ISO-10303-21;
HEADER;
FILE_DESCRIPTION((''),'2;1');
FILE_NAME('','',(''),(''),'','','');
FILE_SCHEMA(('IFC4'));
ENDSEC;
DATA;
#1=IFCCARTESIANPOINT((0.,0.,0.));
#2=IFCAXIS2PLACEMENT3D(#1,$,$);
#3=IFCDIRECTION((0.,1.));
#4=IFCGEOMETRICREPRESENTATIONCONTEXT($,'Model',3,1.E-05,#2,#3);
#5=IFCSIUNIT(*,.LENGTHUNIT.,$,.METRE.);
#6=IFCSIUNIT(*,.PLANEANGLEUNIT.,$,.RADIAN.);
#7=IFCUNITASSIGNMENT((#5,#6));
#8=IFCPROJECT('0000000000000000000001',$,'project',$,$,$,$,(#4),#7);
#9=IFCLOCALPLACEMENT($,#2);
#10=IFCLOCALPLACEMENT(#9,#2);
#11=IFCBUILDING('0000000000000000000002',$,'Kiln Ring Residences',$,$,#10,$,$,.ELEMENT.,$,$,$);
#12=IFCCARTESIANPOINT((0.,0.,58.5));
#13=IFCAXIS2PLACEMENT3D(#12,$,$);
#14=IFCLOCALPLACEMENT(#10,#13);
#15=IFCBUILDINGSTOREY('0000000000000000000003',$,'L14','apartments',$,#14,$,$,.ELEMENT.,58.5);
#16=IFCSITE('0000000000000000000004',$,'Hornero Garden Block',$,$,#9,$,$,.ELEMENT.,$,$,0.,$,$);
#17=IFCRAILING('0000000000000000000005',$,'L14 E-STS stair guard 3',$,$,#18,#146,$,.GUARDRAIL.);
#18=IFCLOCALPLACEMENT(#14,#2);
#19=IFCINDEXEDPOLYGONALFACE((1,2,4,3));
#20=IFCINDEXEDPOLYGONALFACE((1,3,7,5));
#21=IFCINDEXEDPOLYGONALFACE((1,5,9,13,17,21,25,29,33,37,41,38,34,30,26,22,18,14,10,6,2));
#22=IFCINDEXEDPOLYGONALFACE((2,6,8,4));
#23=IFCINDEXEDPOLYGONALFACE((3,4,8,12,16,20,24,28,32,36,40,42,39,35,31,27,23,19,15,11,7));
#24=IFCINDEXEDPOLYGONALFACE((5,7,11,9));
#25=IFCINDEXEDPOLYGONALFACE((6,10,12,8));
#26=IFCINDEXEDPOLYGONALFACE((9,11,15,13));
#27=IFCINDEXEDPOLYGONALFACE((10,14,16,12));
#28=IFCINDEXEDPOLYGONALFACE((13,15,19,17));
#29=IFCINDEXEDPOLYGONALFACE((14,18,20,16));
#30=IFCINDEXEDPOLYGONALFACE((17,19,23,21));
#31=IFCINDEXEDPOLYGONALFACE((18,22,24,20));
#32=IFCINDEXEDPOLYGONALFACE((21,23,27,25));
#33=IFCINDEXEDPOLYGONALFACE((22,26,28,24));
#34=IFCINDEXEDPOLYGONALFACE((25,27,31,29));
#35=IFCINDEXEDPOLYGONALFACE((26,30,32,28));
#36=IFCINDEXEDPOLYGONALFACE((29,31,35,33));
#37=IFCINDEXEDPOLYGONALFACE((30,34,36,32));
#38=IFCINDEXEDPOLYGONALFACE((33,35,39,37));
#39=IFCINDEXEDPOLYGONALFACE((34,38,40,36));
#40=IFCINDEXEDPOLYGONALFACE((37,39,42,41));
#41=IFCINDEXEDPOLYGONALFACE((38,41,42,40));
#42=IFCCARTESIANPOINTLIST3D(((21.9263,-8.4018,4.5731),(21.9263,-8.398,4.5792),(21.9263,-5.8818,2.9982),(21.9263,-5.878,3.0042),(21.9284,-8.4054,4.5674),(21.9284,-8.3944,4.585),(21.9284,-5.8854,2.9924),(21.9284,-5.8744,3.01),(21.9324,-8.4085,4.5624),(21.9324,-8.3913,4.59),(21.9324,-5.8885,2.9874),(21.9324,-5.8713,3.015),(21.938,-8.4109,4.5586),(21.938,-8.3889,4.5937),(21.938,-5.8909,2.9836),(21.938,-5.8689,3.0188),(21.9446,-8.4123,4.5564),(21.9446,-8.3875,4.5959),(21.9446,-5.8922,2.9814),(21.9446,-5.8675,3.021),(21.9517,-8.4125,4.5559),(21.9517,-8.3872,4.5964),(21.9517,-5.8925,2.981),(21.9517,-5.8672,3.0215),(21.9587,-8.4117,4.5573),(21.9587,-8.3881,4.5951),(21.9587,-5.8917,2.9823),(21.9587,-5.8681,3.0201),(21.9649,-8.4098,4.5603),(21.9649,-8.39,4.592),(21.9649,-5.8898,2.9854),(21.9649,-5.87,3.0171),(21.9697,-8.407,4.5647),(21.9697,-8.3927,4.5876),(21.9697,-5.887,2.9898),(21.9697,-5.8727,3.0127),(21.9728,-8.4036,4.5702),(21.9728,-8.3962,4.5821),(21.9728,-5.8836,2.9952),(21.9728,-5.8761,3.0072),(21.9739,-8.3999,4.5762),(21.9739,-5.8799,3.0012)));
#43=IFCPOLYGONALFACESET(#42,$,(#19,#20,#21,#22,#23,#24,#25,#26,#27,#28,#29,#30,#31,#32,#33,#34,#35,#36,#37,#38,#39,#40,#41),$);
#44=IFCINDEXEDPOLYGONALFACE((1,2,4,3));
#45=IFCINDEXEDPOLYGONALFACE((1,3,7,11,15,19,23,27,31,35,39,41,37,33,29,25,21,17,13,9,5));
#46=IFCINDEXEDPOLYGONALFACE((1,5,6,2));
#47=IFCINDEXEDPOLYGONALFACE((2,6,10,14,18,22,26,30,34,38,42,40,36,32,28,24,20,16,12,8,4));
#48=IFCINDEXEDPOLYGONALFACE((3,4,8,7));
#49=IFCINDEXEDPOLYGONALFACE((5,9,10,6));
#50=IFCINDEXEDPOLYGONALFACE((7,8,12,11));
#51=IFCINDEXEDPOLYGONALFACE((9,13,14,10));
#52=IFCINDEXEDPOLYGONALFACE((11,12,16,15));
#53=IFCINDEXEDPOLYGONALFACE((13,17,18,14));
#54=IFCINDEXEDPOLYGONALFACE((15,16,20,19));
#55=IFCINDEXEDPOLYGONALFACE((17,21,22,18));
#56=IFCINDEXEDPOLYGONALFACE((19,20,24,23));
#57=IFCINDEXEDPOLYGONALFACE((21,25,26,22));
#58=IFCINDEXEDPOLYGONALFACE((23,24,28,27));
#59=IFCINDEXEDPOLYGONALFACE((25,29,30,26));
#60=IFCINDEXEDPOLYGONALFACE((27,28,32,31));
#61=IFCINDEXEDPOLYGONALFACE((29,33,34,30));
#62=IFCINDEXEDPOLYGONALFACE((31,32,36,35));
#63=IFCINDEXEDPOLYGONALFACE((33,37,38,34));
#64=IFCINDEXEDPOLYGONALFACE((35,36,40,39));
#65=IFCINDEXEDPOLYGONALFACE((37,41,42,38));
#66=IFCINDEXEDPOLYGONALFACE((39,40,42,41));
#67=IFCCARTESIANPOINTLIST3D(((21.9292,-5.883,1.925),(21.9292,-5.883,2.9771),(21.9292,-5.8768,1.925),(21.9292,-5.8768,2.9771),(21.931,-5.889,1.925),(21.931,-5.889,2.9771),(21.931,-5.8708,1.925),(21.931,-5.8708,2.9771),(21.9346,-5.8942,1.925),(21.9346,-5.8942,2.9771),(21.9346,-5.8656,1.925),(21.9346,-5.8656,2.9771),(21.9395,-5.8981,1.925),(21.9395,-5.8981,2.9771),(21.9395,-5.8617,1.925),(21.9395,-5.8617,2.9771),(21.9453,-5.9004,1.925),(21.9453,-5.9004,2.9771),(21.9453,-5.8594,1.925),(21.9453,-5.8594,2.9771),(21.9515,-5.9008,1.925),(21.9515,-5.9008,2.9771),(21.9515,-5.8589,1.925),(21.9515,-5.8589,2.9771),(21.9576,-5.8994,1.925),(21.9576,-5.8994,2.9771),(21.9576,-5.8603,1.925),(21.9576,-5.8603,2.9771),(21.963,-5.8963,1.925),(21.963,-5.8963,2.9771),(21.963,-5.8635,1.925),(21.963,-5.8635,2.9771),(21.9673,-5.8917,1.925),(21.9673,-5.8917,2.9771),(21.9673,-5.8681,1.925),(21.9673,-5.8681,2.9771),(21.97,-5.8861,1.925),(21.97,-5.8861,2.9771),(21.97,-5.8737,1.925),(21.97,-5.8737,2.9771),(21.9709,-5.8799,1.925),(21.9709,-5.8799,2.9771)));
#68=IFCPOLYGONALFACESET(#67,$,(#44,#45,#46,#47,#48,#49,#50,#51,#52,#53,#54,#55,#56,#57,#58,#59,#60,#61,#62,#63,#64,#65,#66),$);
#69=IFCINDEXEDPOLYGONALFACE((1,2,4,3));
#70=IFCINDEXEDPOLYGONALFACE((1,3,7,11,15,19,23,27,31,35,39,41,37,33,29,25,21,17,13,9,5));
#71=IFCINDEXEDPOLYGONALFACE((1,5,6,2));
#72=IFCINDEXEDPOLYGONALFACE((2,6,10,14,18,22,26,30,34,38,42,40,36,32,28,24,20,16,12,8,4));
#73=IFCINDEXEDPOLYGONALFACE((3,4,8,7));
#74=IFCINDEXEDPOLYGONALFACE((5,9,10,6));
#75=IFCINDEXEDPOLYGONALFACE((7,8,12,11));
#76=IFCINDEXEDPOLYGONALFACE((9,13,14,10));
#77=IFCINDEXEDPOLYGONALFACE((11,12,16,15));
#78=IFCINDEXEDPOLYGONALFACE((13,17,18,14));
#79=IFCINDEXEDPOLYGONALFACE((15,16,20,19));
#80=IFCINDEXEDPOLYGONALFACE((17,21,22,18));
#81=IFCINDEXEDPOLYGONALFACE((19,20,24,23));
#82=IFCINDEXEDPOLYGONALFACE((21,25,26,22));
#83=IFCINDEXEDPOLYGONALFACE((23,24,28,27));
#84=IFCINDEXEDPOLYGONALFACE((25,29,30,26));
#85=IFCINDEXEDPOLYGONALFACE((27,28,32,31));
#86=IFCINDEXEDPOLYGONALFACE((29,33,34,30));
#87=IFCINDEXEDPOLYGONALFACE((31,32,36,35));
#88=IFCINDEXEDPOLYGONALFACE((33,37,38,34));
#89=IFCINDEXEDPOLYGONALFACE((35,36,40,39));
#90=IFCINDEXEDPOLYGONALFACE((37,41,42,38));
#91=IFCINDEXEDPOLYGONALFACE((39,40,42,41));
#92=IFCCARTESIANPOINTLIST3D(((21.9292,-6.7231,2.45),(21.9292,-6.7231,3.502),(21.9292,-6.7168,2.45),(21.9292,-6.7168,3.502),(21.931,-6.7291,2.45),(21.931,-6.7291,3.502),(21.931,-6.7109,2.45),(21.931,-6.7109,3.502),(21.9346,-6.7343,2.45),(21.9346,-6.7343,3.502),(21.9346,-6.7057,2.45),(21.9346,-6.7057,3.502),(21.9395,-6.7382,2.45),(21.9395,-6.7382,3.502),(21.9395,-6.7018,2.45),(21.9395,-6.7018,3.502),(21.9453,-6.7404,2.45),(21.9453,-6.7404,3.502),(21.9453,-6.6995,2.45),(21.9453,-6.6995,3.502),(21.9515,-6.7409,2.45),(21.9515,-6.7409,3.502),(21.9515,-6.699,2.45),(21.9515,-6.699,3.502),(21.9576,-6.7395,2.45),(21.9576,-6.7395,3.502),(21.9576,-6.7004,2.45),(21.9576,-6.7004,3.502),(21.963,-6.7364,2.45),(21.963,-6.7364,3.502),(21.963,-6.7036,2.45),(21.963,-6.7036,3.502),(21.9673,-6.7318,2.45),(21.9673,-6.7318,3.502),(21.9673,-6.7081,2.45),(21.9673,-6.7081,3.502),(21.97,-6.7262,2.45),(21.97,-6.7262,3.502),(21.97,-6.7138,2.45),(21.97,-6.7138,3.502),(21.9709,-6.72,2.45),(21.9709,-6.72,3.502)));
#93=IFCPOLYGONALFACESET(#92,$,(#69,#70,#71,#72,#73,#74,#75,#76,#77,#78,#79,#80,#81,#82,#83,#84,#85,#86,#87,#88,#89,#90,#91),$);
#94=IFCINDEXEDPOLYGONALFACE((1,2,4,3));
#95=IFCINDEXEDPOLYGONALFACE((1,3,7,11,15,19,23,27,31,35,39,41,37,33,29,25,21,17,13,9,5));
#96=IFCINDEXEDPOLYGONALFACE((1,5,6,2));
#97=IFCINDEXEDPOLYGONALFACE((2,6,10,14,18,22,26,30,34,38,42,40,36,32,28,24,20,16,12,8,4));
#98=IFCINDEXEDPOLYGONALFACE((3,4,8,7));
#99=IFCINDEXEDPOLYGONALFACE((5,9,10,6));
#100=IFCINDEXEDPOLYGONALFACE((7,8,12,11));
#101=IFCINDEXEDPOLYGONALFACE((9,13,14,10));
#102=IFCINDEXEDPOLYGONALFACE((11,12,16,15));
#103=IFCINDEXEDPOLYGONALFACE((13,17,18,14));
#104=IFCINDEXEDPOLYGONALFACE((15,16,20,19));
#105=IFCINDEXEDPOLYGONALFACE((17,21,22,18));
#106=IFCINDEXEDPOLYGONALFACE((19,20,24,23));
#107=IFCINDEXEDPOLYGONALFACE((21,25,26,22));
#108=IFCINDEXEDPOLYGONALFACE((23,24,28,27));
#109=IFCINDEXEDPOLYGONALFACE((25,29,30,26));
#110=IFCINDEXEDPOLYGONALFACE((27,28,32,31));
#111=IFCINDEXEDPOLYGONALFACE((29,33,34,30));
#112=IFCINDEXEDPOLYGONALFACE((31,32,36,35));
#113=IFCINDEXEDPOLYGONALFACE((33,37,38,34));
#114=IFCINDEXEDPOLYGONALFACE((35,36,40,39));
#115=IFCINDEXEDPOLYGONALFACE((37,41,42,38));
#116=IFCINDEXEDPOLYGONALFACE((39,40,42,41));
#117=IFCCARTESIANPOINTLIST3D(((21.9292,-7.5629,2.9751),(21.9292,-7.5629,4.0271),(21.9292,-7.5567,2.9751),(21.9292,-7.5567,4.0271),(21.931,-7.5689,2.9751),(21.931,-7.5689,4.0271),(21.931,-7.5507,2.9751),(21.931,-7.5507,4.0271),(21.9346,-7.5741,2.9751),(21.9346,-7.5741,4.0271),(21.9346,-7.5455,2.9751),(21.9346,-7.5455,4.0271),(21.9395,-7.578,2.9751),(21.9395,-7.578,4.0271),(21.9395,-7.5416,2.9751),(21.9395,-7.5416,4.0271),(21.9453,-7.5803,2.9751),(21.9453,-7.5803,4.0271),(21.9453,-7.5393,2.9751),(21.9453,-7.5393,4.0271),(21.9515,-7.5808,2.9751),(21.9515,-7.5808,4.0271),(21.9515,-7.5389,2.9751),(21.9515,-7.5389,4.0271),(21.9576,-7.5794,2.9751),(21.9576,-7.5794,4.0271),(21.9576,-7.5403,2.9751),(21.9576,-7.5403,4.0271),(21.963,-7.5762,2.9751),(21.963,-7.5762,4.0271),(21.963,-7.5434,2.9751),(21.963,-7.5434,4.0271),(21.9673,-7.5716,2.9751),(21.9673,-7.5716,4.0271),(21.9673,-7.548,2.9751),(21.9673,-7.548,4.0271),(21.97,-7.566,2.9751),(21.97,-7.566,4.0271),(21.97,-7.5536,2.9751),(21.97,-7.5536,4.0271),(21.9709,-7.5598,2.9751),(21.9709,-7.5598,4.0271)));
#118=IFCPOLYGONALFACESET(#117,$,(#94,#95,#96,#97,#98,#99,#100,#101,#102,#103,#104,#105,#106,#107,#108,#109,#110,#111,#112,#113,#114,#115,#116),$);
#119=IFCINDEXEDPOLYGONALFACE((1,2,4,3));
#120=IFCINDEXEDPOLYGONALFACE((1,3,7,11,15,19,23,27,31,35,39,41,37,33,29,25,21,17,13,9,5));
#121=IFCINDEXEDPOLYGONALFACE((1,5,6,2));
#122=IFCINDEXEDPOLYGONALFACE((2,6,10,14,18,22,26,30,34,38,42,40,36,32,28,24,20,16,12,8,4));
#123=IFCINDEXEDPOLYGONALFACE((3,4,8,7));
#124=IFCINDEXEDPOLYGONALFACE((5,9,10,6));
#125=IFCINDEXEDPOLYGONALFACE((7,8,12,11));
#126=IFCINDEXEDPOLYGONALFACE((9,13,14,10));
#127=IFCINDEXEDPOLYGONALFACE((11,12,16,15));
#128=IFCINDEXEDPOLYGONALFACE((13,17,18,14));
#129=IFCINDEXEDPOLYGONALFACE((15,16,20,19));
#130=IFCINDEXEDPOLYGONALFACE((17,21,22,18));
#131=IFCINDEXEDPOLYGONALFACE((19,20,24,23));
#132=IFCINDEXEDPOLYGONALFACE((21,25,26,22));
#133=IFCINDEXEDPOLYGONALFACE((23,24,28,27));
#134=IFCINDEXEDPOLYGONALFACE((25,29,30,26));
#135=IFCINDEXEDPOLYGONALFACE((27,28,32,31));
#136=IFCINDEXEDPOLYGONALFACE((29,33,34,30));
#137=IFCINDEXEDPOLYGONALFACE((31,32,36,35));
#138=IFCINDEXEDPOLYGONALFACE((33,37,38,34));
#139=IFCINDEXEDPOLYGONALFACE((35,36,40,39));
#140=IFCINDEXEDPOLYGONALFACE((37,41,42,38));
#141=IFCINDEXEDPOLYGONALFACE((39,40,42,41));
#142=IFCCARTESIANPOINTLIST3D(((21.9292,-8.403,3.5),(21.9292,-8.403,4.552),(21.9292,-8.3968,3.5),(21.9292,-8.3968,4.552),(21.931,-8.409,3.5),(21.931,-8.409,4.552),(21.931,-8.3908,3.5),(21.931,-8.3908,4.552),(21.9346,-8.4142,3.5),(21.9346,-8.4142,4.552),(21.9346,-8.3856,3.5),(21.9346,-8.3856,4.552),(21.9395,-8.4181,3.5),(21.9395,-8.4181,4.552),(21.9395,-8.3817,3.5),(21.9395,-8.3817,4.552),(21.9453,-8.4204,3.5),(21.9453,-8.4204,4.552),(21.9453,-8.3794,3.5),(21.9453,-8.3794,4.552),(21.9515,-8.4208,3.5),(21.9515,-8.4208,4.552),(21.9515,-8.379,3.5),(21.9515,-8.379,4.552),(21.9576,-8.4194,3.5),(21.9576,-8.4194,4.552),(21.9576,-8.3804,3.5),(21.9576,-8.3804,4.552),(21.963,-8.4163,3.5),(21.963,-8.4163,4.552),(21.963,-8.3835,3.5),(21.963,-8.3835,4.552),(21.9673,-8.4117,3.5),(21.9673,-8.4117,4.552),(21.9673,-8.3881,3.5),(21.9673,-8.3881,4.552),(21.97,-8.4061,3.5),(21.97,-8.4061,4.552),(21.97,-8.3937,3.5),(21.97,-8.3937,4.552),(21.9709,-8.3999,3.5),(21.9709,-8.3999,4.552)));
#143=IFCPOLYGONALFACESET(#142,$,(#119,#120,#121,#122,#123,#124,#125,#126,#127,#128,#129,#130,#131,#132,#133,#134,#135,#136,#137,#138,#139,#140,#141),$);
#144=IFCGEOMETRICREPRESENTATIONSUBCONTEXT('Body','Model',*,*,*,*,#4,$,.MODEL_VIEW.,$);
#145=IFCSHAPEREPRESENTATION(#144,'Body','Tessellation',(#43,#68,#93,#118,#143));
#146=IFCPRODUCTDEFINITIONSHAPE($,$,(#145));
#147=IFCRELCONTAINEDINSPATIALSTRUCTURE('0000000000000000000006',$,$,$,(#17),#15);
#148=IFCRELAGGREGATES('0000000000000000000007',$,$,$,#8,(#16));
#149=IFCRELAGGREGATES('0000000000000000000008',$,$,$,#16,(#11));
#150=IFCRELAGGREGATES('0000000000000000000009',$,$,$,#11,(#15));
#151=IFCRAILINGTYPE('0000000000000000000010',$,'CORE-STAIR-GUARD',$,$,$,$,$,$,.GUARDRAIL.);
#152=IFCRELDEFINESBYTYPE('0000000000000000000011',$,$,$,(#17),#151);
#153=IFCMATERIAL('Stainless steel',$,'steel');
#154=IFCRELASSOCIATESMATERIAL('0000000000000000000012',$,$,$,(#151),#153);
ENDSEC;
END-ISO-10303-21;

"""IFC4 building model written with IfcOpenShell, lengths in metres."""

from ifc_helpers import new_model, si_unit, direction, frame, origin, origin_2d, place, context, subcontext, project, spatial, circle, extrude, material, type_object, element, save


model = new_model("IFC4")

# Units and contexts
model_context = context("Model", 3, precision=1e-05, world=origin(), true_north=direction((0.0, 1.0)))
body_context = subcontext(model_context, "Body", "Model", "MODEL_VIEW")
ifc_project = project(units=[si_unit("LENGTHUNIT", "METRE"), si_unit("PLANEANGLEUNIT", "RADIAN")], contexts=[model_context])

# Site, building, storey
site_placement = place(None, origin())
site = spatial("IfcSite", under=ifc_project, at=site_placement, Name="Hornero Garden Block", CompositionType="ELEMENT", RefElevation=0.0)
building_placement = place(site_placement, origin())
building = spatial("IfcBuilding", under=site, at=building_placement, Name="Kiln Ring Residences", CompositionType="ELEMENT")
storey_placement = place(building_placement, frame((0.0, 0.0, 58.5)))
storey = spatial("IfcBuildingStorey", under=building, at=storey_placement, Name="L14", Description="apartments", CompositionType="ELEMENT", Elevation=58.5)

# Railing
ifc_material_1 = material(Name="Stainless steel", Category="steel")
railing_type_1 = type_object("IfcRailingType", Name="CORE-STAIR-GUARD", PredefinedType="GUARDRAIL", material=ifc_material_1)
railing_1_placement = place(storey_placement, frame((21.95, -5.8799, 1.925)))
element("IfcRailing", 1, at=railing_1_placement, inside=storey, type_object=railing_type_1, Name="L14 E-STS stair guard 3", PredefinedType="GUARDRAIL", context=body_context, shape_type="SweptSolid", body=[
    extrude(circle(Radius=0.0239, at=origin_2d()), frame((0.0, 0.0, 1.0762), z_axis=(0.0, -0.848008, 0.529984), x_axis=(1.0, 0.0, 0.0)), (0.0, 0.0, 1.0), 2.9717),
    extrude(circle(Radius=0.021, at=origin_2d()), origin(), (0.0, 0.0, 1.0), 1.052),
    extrude(circle(Radius=0.021, at=origin_2d()), frame((0.0, -0.8401, 0.5249)), (0.0, 0.0, 1.0), 1.052),
    extrude(circle(Radius=0.021, at=origin_2d()), frame((0.0, -1.6799, 1.05)), (0.0, 0.0, 1.0), 1.052),
    extrude(circle(Radius=0.021, at=origin_2d()), frame((0.0, -2.52, 1.575)), (0.0, 0.0, 1.0), 1.052),
])

save(model, "model.ifc")
